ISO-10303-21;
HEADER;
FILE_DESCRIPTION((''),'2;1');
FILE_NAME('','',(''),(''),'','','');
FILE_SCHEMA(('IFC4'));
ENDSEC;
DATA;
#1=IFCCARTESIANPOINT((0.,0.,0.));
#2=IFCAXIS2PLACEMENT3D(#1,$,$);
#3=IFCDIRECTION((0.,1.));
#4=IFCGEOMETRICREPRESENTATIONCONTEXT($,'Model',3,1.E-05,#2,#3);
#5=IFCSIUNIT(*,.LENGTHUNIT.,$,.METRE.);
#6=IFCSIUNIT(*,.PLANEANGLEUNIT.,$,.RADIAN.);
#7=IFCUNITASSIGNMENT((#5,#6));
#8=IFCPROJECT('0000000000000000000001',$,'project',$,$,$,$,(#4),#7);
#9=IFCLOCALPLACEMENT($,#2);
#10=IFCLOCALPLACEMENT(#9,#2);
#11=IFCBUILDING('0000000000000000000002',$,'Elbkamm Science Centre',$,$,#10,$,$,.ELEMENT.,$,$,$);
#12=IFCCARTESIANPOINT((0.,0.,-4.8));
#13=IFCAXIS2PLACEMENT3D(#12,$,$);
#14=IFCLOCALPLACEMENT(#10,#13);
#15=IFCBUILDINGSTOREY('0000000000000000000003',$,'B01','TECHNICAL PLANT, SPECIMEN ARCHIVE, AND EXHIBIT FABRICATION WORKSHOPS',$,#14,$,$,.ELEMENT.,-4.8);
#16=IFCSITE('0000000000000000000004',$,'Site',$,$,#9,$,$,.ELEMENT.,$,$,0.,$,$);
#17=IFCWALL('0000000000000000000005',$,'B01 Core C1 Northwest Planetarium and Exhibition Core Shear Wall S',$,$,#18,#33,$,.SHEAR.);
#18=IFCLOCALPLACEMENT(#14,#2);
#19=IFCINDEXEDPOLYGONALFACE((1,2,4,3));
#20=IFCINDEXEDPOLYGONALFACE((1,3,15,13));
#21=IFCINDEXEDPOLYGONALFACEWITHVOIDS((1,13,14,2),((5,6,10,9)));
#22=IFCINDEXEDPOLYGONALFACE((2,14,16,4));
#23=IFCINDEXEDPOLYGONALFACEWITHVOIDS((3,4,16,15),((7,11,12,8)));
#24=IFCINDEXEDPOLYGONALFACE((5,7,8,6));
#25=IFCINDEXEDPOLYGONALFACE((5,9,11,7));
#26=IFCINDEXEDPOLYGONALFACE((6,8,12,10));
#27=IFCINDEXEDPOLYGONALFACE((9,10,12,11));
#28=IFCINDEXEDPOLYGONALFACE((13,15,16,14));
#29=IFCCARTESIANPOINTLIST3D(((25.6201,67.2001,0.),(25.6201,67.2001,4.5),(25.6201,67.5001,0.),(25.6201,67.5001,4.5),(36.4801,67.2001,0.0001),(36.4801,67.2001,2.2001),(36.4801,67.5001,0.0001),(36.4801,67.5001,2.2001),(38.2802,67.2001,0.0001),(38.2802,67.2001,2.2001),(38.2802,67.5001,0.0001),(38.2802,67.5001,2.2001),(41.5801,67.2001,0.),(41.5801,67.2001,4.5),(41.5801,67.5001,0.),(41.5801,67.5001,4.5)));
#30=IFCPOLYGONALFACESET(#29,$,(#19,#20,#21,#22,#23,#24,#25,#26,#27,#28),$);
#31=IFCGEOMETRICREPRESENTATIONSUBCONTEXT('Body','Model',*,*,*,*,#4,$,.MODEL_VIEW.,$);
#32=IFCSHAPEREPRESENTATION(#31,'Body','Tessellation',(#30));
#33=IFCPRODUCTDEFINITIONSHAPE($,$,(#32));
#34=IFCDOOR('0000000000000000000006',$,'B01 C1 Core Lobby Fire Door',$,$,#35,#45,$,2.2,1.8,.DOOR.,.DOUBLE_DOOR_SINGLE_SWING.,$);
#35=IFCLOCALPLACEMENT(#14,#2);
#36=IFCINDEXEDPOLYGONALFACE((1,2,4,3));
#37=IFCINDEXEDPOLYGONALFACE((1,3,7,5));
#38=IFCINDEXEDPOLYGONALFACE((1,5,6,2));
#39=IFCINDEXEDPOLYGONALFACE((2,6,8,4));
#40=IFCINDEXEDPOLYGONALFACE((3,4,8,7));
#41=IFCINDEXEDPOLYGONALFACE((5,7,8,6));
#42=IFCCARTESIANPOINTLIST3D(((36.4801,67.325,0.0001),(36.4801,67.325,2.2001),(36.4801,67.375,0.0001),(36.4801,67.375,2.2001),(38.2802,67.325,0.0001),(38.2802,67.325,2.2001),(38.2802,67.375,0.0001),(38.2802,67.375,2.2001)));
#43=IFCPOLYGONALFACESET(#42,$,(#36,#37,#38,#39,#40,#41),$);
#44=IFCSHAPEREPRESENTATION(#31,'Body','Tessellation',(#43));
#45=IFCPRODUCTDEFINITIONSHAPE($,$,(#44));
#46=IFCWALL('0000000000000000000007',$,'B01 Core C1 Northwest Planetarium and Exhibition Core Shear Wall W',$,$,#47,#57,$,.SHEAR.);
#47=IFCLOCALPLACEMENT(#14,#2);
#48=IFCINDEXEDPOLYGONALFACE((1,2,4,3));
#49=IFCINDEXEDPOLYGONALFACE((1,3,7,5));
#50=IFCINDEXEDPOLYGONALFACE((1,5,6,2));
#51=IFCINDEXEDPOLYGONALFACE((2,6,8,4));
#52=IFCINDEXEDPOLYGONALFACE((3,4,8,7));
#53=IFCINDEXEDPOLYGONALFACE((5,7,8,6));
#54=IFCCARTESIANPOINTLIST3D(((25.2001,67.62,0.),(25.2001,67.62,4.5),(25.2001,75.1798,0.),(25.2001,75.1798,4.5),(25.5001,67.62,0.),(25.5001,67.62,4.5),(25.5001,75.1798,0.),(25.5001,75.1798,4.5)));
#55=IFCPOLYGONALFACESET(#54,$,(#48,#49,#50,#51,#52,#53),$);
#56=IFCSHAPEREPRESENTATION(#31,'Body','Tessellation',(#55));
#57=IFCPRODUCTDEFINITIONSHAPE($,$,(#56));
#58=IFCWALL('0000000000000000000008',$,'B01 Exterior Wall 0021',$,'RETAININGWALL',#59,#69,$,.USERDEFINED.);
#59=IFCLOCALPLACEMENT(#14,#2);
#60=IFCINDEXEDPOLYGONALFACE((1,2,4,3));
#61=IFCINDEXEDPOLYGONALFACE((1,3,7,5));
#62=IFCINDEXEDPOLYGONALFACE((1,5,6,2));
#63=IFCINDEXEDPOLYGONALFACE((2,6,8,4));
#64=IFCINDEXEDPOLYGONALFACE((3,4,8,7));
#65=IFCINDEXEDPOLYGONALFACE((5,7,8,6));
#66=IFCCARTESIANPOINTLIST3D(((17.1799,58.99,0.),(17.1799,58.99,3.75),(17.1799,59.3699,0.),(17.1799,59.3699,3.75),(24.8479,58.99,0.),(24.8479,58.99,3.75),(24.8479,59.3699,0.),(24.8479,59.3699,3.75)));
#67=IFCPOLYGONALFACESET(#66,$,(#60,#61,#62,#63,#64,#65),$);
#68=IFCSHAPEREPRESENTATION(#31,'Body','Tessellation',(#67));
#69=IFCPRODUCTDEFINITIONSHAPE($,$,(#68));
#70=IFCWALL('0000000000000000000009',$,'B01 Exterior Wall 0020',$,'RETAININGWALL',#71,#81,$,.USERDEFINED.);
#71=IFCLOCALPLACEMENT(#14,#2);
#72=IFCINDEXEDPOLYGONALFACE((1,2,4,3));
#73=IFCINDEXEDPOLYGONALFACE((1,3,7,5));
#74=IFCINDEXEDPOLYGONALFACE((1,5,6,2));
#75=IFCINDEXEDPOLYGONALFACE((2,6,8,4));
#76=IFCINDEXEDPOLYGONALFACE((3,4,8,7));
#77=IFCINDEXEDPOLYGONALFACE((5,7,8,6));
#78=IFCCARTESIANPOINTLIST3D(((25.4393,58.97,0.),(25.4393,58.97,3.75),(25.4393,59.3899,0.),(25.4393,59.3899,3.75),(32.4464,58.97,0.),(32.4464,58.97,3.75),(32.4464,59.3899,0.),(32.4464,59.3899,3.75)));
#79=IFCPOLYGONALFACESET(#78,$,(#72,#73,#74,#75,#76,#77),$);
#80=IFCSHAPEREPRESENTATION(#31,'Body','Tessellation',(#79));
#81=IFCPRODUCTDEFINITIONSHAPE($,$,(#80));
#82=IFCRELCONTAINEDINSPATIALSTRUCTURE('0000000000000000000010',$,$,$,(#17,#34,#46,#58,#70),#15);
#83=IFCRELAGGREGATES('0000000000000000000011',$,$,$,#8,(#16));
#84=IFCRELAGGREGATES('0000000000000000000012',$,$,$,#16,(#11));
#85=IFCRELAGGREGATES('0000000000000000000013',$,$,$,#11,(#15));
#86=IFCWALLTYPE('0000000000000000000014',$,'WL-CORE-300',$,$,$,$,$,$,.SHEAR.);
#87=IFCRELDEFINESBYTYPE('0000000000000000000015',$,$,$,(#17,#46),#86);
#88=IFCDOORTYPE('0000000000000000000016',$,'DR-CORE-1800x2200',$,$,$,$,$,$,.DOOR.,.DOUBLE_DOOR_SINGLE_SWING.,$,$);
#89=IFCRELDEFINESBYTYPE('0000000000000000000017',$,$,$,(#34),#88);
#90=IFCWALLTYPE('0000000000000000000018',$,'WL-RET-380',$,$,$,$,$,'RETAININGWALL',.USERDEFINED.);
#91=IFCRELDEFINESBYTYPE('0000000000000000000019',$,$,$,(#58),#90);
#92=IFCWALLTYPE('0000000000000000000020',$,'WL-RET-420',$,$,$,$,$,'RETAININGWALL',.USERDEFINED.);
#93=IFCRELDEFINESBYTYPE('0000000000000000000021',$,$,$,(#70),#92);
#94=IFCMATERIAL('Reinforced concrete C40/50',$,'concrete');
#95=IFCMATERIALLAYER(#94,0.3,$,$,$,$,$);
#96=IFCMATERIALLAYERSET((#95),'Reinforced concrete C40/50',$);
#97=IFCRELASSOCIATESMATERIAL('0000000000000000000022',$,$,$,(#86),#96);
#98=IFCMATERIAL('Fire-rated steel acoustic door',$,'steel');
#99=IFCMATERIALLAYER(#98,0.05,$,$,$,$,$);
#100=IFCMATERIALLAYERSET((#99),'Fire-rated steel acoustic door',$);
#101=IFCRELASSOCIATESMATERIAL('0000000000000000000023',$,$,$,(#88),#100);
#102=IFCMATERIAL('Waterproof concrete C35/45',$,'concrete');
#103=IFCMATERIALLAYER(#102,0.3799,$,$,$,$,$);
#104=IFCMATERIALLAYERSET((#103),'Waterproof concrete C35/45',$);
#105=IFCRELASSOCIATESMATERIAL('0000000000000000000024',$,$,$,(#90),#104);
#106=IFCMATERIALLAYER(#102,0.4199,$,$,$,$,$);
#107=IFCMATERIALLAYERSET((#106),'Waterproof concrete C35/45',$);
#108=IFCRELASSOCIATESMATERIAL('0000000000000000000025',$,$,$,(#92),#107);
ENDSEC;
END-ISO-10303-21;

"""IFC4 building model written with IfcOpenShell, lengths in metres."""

from ifc_helpers import new_model, si_unit, direction, frame, frame_2d, origin, place, context, subcontext, project, spatial, rectangle, extrude, material, layer, layer_set, type_object, element, fill, save


model = new_model("IFC4")

# Units and contexts
model_context = context("Model", 3, precision=1e-05, world=origin(), true_north=direction((0.0, 1.0)))
body_context = subcontext(model_context, "Body", "Model", "MODEL_VIEW")
ifc_project = project(units=[si_unit("LENGTHUNIT", "METRE"), si_unit("PLANEANGLEUNIT", "RADIAN")], contexts=[model_context])

# Site, building, storey
site_placement = place(None, origin())
site = spatial("IfcSite", under=ifc_project, at=site_placement, Name="Site", CompositionType="ELEMENT", RefElevation=0.0)
building_placement = place(site_placement, origin())
building = spatial("IfcBuilding", under=site, at=building_placement, Name="Elbkamm Science Centre", CompositionType="ELEMENT")
storey_placement = place(building_placement, frame((0.0, 0.0, -4.8)))
storey = spatial("IfcBuildingStorey", under=building, at=storey_placement, Name="B01", Description="TECHNICAL PLANT, SPECIMEN ARCHIVE, AND EXHIBIT FABRICATION WORKSHOPS", CompositionType="ELEMENT", Elevation=-4.8)

# Wall, opening, door
ifc_material_1 = material(Name="Reinforced concrete C40/50", Category="concrete")
ifc_layer_1 = layer(ifc_material_1, 0.3)
ifc_layer_set_1 = layer_set([ifc_layer_1], Name="Reinforced concrete C40/50")
wall_type_1 = type_object("IfcWallType", Name="WL-CORE-300", PredefinedType="SHEAR", material=ifc_layer_set_1)
wall_1_placement = place(storey_placement, frame((25.6201, 67.3501, 0.0), z_axis=(0.0, 0.0, 1.0), x_axis=(1.0, 0.0, 0.0)))
wall_1 = element("IfcWall", 1, at=wall_1_placement, inside=storey, type_object=wall_type_1, Name="B01 Core C1 Northwest Planetarium and Exhibition Core Shear Wall S", PredefinedType="SHEAR", context=body_context, shape_type="SweptSolid", body=[
    extrude(rectangle(XDim=15.96, YDim=0.3, at=frame_2d((7.98, 0.0))), origin(), (0.0, 0.0, 1.0), 4.5),
])
opening_placement = place(wall_1_placement, frame((10.8601, 0.0, 0.0)))
opening = element("IfcOpeningElement", 2, at=opening_placement, cuts=wall_1, PredefinedType="OPENING", context=body_context, shape_type="SweptSolid", body=[
    extrude(rectangle(XDim=1.8, YDim=2.2, at=frame_2d((0.8999, 1.1001))), frame((0.0, 0.1621, 0.0), z_axis=(0.0, -1.0, 0.0), x_axis=(1.0, 0.0, 0.0)), (0.0, 0.0, 1.0), 0.324),
])
ifc_material_2 = material(Name="Fire-rated steel acoustic door", Category="steel")
ifc_layer_2 = layer(ifc_material_2, 0.05)
ifc_layer_set_2 = layer_set([ifc_layer_2], Name="Fire-rated steel acoustic door")
door_type = type_object("IfcDoorType", Name="DR-CORE-1800x2200", OperationType="DOUBLE_DOOR_SINGLE_SWING", PredefinedType="DOOR", material=ifc_layer_set_2)
door_placement = place(opening_placement, origin())
door = element("IfcDoor", 3, at=door_placement, inside=storey, type_object=door_type, Name="B01 C1 Core Lobby Fire Door", OperationType="DOUBLE_DOOR_SINGLE_SWING", OverallHeight=2.2, OverallWidth=1.8, PredefinedType="DOOR", context=body_context, shape_type="SweptSolid", body=[
    extrude(rectangle(XDim=1.8, YDim=2.2, at=frame_2d((0.8999, 1.1001))), frame((0.0, 0.0249, 0.0), z_axis=(0.0, -1.0, 0.0), x_axis=(1.0, 0.0, 0.0)), (0.0, 0.0, 1.0), 0.05),
])
fill(opening, door)

# Walls
wall_2_placement = place(storey_placement, frame((25.3501, 67.6201, 0.0), z_axis=(0.0, 0.0, 1.0), x_axis=(0.0, 1.0, 0.0)))
element("IfcWall", 4, at=wall_2_placement, inside=storey, type_object=wall_type_1, Name="B01 Core C1 Northwest Planetarium and Exhibition Core Shear Wall W", PredefinedType="SHEAR", context=body_context, shape_type="SweptSolid", body=[
    extrude(rectangle(XDim=7.5598, YDim=0.3, at=frame_2d((3.7798, 0.0))), origin(), (0.0, 0.0, 1.0), 4.5),
])
ifc_material_3 = material(Name="Waterproof concrete C35/45", Category="concrete")
ifc_layer_3 = layer(ifc_material_3, 0.3799)
ifc_layer_set_3 = layer_set([ifc_layer_3], Name="Waterproof concrete C35/45")
wall_type_2 = type_object("IfcWallType", Name="WL-RET-380", ElementType="RETAININGWALL", PredefinedType="USERDEFINED", material=ifc_layer_set_3)
wall_3_placement = place(storey_placement, frame((24.8479, 59.1799, 0.0), z_axis=(0.0, 0.0, 1.0), x_axis=(-1.0, 0.0, 0.0)))
element("IfcWall", 5, at=wall_3_placement, inside=storey, type_object=wall_type_2, Name="B01 Exterior Wall 0021", ObjectType="RETAININGWALL", PredefinedType="USERDEFINED", context=body_context, shape_type="SweptSolid", body=[
    extrude(rectangle(XDim=7.668, YDim=0.3799, at=frame_2d((3.834, 0.0))), origin(), (0.0, 0.0, 1.0), 3.75),
])
ifc_layer_4 = layer(ifc_material_3, 0.4199)
ifc_layer_set_4 = layer_set([ifc_layer_4], Name="Waterproof concrete C35/45")
wall_type_3 = type_object("IfcWallType", Name="WL-RET-420", ElementType="RETAININGWALL", PredefinedType="USERDEFINED", material=ifc_layer_set_4)
wall_4_placement = place(storey_placement, frame((32.4463, 59.1799, 0.0), z_axis=(0.0, 0.0, 1.0), x_axis=(-1.0, 0.0, 0.0)))
element("IfcWall", 6, at=wall_4_placement, inside=storey, type_object=wall_type_3, Name="B01 Exterior Wall 0020", ObjectType="RETAININGWALL", PredefinedType="USERDEFINED", context=body_context, shape_type="SweptSolid", body=[
    extrude(rectangle(XDim=7.0071, YDim=0.4199, at=frame_2d((3.5034, 0.0))), origin(), (0.0, 0.0, 1.0), 3.75),
])

save(model, "model.ifc")
